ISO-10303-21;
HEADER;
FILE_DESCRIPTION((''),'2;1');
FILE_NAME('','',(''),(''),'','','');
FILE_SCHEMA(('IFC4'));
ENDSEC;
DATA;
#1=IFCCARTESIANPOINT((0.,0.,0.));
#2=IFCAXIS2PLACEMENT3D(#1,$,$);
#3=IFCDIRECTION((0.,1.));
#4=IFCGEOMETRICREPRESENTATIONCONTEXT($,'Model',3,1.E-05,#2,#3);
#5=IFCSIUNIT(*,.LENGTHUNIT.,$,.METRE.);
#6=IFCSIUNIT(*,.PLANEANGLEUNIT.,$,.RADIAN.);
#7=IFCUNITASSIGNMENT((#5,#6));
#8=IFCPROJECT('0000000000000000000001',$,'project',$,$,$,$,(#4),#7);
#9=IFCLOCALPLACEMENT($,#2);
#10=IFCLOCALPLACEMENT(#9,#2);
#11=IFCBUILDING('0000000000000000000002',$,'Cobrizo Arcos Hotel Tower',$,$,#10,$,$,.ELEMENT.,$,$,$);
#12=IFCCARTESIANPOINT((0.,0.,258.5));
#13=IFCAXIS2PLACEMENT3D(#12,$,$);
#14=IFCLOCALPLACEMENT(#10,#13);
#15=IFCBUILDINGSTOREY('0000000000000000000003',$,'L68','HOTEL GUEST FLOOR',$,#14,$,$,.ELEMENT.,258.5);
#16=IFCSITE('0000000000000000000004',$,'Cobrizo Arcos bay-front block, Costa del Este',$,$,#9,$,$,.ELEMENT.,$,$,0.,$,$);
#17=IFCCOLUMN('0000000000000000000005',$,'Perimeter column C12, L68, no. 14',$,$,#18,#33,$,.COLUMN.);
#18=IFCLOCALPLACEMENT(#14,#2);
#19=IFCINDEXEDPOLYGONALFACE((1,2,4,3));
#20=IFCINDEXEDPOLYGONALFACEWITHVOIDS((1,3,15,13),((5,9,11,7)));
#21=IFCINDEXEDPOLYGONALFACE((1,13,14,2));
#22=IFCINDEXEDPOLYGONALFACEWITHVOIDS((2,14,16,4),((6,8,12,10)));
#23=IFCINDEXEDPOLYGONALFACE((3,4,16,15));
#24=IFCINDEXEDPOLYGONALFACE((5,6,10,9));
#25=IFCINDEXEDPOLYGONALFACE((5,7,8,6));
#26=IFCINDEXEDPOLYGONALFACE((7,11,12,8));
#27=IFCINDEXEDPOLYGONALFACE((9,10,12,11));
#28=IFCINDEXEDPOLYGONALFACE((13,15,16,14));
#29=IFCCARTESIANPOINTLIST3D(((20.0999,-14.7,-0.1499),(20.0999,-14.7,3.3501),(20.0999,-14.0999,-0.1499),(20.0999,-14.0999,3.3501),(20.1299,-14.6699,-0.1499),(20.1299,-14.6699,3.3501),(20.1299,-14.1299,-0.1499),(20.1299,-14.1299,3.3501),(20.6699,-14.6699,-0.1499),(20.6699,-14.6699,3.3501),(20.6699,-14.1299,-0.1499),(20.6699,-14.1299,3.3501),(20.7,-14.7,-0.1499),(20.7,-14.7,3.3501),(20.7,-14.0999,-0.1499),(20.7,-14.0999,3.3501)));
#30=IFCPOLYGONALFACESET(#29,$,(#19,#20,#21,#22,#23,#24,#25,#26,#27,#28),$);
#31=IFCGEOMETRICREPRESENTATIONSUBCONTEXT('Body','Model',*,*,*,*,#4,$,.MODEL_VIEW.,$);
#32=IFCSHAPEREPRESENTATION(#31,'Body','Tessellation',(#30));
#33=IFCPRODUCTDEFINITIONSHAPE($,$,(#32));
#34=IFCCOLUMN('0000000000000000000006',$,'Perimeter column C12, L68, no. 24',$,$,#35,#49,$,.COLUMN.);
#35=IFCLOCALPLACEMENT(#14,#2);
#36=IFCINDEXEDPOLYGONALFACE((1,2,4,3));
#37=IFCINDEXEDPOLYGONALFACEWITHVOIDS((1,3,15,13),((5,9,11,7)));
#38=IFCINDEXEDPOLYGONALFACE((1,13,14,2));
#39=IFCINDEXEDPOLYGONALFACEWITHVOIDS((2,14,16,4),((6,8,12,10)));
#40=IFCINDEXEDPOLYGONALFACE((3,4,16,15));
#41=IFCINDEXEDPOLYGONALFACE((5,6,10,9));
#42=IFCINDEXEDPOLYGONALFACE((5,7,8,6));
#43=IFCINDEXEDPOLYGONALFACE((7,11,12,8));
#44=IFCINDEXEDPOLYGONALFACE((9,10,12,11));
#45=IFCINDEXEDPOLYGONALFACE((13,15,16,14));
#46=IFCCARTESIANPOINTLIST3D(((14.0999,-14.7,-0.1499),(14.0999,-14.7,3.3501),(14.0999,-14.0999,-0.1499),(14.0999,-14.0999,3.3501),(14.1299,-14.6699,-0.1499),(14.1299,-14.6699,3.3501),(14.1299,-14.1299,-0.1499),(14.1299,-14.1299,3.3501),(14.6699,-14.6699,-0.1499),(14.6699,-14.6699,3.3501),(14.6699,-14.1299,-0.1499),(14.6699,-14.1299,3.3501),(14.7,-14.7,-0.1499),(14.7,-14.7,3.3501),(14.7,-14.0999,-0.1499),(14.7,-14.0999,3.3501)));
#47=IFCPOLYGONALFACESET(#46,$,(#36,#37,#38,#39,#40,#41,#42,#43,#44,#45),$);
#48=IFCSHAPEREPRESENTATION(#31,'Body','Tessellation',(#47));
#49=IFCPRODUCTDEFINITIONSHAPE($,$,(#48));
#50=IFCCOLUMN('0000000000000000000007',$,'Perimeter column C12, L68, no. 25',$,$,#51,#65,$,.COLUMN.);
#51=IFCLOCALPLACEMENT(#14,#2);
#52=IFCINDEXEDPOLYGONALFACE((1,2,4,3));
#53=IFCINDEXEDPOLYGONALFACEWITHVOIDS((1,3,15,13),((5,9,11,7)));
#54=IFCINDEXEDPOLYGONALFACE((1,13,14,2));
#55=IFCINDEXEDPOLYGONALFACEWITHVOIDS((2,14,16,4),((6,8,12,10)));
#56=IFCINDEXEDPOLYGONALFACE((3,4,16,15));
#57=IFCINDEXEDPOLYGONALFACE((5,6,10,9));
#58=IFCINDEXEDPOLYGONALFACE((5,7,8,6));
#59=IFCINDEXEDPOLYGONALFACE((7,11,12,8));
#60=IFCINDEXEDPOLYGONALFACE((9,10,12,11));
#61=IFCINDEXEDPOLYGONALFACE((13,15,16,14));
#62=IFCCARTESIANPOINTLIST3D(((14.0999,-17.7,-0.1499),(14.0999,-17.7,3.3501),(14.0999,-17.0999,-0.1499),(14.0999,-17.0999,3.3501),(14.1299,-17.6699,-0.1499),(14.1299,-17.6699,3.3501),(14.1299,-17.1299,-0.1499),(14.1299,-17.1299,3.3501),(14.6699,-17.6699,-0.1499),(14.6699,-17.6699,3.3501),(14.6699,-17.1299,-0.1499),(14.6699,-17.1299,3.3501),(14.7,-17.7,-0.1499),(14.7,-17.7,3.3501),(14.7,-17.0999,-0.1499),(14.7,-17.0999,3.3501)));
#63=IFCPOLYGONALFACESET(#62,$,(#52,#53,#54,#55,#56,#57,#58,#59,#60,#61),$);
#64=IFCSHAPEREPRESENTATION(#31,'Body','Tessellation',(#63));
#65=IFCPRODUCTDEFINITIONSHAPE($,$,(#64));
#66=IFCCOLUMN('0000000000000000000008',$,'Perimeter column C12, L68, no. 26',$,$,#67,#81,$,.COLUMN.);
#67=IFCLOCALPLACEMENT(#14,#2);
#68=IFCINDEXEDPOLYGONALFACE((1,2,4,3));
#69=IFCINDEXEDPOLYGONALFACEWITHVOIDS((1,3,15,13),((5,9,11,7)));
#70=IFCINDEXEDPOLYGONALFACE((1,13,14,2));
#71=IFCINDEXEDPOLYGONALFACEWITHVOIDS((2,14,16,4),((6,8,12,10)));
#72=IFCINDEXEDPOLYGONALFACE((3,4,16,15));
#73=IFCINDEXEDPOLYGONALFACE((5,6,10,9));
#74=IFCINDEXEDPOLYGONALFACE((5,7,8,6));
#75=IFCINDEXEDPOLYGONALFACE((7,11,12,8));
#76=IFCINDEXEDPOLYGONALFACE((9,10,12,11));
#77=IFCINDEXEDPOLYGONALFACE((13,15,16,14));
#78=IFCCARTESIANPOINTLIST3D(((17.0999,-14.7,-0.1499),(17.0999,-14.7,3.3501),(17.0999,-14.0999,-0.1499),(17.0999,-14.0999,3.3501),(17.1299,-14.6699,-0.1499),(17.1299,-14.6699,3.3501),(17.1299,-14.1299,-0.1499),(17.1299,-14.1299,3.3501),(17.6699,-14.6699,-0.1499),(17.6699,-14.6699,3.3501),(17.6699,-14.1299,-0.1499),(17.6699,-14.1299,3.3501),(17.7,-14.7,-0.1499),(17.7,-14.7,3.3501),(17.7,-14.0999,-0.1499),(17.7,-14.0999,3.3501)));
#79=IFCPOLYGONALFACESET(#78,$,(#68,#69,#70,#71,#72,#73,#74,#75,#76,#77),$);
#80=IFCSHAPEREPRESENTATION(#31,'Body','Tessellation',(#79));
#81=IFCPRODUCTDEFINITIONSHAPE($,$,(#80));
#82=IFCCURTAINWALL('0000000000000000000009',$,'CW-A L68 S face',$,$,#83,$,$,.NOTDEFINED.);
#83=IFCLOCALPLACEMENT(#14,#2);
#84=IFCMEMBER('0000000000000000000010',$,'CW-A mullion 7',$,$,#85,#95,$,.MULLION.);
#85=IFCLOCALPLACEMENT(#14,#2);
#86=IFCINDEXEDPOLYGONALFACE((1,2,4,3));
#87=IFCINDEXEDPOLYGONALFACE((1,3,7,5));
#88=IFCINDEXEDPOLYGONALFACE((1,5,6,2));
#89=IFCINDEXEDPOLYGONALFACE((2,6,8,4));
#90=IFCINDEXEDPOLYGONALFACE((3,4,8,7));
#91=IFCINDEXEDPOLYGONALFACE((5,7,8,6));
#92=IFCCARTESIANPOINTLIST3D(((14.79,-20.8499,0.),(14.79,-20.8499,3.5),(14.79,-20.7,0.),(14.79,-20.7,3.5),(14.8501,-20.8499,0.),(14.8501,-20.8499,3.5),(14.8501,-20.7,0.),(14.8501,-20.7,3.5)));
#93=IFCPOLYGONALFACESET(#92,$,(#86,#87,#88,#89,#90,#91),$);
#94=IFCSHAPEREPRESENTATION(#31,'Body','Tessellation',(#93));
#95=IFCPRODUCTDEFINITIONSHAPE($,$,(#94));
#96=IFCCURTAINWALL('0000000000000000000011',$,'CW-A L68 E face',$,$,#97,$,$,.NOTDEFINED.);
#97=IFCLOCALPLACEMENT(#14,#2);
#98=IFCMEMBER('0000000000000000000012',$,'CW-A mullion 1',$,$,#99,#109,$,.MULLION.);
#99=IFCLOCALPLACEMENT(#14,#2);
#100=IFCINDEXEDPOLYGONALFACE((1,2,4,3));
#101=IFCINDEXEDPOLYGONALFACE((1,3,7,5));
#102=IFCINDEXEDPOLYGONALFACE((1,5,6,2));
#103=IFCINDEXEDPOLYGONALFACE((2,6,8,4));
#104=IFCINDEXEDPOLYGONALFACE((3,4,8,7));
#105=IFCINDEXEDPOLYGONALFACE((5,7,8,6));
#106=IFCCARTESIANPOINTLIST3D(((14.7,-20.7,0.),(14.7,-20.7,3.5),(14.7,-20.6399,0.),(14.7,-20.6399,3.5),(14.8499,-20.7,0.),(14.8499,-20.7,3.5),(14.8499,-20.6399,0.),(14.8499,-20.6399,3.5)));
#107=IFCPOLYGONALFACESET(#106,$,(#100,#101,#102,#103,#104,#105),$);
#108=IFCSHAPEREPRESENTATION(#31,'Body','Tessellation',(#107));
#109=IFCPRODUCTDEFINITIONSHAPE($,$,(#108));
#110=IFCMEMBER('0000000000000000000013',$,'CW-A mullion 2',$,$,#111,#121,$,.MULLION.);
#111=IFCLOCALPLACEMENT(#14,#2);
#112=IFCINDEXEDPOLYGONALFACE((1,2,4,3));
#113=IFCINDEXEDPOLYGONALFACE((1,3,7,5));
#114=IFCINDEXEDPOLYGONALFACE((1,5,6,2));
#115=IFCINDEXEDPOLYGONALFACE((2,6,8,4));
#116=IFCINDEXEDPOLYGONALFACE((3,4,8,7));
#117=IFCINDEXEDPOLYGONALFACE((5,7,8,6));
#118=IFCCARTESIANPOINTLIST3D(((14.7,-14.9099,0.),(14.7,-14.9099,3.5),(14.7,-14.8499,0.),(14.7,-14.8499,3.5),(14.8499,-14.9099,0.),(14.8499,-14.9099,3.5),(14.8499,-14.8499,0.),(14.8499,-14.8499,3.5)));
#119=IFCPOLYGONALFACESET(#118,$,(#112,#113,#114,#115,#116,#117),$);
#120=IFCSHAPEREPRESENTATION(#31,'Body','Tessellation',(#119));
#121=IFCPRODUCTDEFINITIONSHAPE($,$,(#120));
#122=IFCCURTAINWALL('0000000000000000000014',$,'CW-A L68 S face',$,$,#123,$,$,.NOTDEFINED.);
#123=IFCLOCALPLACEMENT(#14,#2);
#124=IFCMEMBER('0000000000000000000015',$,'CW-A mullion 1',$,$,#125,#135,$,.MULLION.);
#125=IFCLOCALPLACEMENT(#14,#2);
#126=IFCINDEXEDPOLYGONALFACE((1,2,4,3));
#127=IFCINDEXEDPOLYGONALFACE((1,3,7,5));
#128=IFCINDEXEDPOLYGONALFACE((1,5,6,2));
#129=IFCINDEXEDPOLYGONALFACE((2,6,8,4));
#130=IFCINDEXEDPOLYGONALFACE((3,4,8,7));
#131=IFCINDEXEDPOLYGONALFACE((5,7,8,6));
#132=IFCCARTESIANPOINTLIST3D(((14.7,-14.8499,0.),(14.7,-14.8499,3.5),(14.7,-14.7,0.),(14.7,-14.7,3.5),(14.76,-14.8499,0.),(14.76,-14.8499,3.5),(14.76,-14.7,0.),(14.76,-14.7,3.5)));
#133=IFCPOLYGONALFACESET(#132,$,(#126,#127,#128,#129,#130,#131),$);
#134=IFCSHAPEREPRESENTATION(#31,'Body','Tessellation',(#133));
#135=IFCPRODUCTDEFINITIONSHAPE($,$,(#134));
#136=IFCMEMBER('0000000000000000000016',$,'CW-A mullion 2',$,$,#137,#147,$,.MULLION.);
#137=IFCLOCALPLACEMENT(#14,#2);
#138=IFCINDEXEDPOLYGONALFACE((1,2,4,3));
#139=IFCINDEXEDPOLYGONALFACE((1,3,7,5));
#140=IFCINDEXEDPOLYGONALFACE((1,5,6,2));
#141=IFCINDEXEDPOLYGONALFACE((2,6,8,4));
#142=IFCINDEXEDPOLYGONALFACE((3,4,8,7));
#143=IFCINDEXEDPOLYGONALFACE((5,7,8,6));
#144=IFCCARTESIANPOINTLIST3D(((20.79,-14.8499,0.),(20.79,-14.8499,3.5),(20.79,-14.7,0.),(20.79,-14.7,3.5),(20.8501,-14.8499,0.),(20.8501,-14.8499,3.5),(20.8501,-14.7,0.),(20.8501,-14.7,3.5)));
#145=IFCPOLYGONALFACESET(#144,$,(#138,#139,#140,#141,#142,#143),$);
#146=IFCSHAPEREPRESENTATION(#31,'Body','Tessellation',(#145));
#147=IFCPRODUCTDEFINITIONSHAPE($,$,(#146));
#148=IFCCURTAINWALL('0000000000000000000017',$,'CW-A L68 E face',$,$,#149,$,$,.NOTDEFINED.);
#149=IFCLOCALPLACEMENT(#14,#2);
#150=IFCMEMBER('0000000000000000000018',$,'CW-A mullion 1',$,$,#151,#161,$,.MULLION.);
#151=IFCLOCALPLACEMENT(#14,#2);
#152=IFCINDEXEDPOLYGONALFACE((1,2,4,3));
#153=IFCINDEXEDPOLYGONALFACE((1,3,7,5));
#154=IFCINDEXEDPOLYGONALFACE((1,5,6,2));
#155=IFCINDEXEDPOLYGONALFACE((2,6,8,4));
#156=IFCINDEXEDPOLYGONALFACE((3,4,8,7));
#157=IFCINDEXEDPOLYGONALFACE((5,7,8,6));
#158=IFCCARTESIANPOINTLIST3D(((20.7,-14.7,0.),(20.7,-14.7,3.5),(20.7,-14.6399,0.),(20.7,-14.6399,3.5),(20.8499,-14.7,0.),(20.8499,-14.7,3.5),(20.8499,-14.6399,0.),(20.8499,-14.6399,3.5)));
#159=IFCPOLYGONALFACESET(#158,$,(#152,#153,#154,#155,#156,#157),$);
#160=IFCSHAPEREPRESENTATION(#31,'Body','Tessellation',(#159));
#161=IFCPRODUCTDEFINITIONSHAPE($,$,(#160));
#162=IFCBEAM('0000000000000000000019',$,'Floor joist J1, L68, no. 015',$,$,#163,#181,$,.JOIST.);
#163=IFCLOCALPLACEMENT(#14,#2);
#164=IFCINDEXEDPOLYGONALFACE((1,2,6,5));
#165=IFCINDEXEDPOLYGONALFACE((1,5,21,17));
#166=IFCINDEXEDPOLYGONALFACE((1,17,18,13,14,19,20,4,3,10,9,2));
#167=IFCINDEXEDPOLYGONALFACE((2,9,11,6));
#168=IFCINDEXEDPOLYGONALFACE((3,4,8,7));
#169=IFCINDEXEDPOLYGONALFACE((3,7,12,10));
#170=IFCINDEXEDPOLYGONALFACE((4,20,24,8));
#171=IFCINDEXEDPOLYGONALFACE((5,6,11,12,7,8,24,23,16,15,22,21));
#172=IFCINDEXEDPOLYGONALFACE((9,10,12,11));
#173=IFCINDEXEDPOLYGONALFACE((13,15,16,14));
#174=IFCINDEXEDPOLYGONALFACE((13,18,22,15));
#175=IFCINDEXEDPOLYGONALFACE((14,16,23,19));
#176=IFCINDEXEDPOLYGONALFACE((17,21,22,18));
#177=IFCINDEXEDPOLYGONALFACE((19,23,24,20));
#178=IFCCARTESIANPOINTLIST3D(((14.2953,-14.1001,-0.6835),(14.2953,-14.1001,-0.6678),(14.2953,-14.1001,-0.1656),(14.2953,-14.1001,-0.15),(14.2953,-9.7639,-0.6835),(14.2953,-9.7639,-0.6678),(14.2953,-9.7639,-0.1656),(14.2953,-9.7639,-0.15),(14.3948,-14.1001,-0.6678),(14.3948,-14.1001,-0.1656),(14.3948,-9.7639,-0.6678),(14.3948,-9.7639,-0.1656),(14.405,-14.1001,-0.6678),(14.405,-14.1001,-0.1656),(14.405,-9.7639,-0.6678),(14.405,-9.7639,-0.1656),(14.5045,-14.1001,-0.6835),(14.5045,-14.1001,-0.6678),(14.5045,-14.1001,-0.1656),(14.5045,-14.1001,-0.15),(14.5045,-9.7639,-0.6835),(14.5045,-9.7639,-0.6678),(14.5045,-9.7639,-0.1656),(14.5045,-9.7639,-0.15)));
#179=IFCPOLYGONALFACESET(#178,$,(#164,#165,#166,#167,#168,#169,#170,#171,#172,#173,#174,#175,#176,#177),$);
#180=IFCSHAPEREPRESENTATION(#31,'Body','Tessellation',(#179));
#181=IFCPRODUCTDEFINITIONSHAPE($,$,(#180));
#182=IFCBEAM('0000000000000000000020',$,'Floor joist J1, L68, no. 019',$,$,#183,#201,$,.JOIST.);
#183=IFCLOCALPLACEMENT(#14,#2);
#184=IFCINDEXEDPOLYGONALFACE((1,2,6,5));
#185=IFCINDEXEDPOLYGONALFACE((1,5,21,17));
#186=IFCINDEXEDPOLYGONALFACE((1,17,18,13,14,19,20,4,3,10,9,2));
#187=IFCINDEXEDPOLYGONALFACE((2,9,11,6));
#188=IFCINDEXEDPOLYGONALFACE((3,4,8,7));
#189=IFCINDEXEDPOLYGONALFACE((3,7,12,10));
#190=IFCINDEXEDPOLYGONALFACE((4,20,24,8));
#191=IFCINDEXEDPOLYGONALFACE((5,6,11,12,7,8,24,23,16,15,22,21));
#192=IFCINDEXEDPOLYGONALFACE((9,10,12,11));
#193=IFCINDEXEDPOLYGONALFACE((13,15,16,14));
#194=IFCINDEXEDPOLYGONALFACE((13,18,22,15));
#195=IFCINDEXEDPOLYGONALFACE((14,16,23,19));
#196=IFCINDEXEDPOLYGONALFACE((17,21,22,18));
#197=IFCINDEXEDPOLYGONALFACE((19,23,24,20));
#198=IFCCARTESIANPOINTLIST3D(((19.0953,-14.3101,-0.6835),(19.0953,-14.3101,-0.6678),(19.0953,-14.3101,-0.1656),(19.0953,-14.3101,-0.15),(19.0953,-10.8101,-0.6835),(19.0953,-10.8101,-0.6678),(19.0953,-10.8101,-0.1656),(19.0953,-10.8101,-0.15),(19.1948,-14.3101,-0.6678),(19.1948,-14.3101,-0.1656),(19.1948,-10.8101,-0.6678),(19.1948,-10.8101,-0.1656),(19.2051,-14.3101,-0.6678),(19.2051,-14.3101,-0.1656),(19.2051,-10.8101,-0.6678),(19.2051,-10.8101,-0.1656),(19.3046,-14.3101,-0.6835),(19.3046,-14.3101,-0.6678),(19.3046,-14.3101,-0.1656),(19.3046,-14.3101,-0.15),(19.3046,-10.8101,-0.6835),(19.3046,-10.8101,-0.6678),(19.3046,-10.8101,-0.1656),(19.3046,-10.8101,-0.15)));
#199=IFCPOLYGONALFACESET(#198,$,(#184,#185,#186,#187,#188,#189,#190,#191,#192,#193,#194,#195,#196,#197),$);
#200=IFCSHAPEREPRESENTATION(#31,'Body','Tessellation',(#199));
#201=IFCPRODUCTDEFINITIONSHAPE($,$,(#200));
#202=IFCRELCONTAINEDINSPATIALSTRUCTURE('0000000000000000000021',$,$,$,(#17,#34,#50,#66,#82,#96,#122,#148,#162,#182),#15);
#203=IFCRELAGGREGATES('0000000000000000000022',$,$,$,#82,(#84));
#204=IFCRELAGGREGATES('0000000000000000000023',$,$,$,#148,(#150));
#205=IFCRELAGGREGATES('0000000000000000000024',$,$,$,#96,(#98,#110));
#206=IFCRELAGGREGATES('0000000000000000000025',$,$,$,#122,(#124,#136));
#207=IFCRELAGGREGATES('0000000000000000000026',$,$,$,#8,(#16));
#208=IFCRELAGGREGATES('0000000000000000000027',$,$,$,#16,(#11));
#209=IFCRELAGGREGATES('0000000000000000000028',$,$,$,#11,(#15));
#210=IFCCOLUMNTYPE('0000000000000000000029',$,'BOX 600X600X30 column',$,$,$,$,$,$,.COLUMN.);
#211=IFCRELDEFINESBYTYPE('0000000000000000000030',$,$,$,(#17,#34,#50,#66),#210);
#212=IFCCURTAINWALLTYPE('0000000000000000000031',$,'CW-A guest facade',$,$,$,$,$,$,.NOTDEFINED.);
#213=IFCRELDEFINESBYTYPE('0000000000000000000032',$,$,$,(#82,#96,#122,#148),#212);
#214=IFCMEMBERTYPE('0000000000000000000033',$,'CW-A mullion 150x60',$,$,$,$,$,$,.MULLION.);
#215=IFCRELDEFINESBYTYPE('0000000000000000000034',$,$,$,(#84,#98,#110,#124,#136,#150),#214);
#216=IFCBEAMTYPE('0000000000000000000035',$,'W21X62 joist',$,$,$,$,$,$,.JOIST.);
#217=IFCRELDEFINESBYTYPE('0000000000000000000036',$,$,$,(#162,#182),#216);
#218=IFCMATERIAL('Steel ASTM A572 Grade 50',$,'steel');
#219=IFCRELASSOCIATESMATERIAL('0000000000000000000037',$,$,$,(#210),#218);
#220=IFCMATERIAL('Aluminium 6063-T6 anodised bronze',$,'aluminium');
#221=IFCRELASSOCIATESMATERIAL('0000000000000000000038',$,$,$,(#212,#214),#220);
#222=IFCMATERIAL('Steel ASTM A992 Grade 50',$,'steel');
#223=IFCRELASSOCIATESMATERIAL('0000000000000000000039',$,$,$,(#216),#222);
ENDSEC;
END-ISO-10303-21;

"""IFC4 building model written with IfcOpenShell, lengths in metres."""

from ifc_helpers import new_model, si_unit, direction, frame, origin, origin_2d, place, context, subcontext, project, spatial, rectangle, hollow_rectangle, i_section, extrude, material, material_profile, profile_set, type_object, element, aggregate, save


model = new_model("IFC4")

# Units and contexts
model_context = context("Model", 3, precision=1e-05, world=origin(), true_north=direction((0.0, 1.0)))
body_context = subcontext(model_context, "Body", "Model", "MODEL_VIEW")
ifc_project = project(units=[si_unit("LENGTHUNIT", "METRE"), si_unit("PLANEANGLEUNIT", "RADIAN")], contexts=[model_context])

# Site, building, storey
site_placement = place(None, origin())
site = spatial("IfcSite", under=ifc_project, at=site_placement, Name="Cobrizo Arcos bay-front block, Costa del Este", CompositionType="ELEMENT", RefElevation=0.0)
building_placement = place(site_placement, origin())
building = spatial("IfcBuilding", under=site, at=building_placement, Name="Cobrizo Arcos Hotel Tower", CompositionType="ELEMENT")
storey_placement = place(building_placement, frame((0.0, 0.0, 258.5)))
storey = spatial("IfcBuildingStorey", under=building, at=storey_placement, Name="L68", Description="HOTEL GUEST FLOOR", CompositionType="ELEMENT", Elevation=258.5)

# Columns
ifc_material_1 = material(Name="Steel ASTM A572 Grade 50", Category="steel")
ifc_material_profile_1 = material_profile(ifc_material_1, hollow_rectangle(XDim=0.6001, YDim=0.6001, WallThickness=0.03, at=origin_2d()), Name="BOX 600X600X30")
ifc_profile_set_1 = profile_set([ifc_material_profile_1], Name="Steel ASTM A572 Grade 50")
column_type = type_object("IfcColumnType", Name="BOX 600X600X30 column", PredefinedType="COLUMN", material=ifc_profile_set_1)
for number, where, z_axis, x_axis, name in (
    (1, (20.3999, -14.3999, -0.1499), (0.0, 0.0, 1.0), (1.0, 0.0, 0.0), "Perimeter column C12, L68, no. 14"),
    (2, (14.3999, -14.3999, -0.1499), (0.0, 0.0, 1.0), (1.0, 0.0, 0.0), "Perimeter column C12, L68, no. 24"),
    (3, (14.3999, -17.3999, -0.1499), (0.0, 0.0, 1.0), (1.0, 0.0, 0.0), "Perimeter column C12, L68, no. 25"),
    (4, (17.3999, -14.3999, -0.1499), (0.0, 0.0, 1.0), (1.0, 0.0, 0.0), "Perimeter column C12, L68, no. 26"),
):
    element("IfcColumn", number, at=place(storey_placement, frame(where, z_axis=z_axis, x_axis=x_axis)), inside=storey, type_object=column_type, Name=name, PredefinedType="COLUMN", context=body_context, shape_type="SweptSolid", body=[
        extrude(hollow_rectangle(XDim=0.6001, YDim=0.6001, WallThickness=0.03, at=origin_2d()), origin(), (0.0, 0.0, 1.0), 3.5),
    ])

# Curtain wall, member
ifc_material_2 = material(Name="Aluminium 6063-T6 anodised bronze", Category="aluminium")
curtain_wall_type = type_object("IfcCurtainWallType", Name="CW-A guest facade", PredefinedType="NOTDEFINED", material=ifc_material_2)
curtain_wall_1_placement = place(storey_placement, origin())
curtain_wall_1 = element("IfcCurtainWall", 5, at=curtain_wall_1_placement, inside=storey, type_object=curtain_wall_type, Name="CW-A L68 S face", PredefinedType="NOTDEFINED")
ifc_material_profile_2 = material_profile(ifc_material_2, rectangle(XDim=0.1499, YDim=0.0601, at=origin_2d()), Name="CW-A mullion 150x60")
ifc_profile_set_2 = profile_set([ifc_material_profile_2], Name="Aluminium 6063-T6 anodised bronze")
member_type = type_object("IfcMemberType", Name="CW-A mullion 150x60", PredefinedType="MULLION", material=ifc_profile_set_2)
member_1_placement = place(storey_placement, frame((14.8201, -20.7749, 0.0), z_axis=(0.0, 0.0, 1.0), x_axis=(0.0, -1.0, 0.0)))
member_1 = element("IfcMember", 6, at=member_1_placement, type_object=member_type, Name="CW-A mullion 7", PredefinedType="MULLION", context=body_context, shape_type="SweptSolid", body=[
    extrude(rectangle(XDim=0.1499, YDim=0.0601, at=origin_2d()), origin(), (0.0, 0.0, 1.0), 3.5),
])
aggregate(curtain_wall_1, [member_1])

# Curtain walls, members
curtain_wall_2_placement = place(storey_placement, origin())
curtain_wall_2 = element("IfcCurtainWall", 7, at=curtain_wall_2_placement, inside=storey, type_object=curtain_wall_type, Name="CW-A L68 E face", PredefinedType="NOTDEFINED")
member_2_placement = place(storey_placement, frame((14.7749, -20.6699, 0.0), z_axis=(0.0, 0.0, 1.0), x_axis=(1.0, 0.0, 0.0)))
member_2 = element("IfcMember", 8, at=member_2_placement, type_object=member_type, Name="CW-A mullion 1", PredefinedType="MULLION", context=body_context, shape_type="SweptSolid", body=[
    extrude(rectangle(XDim=0.1499, YDim=0.0601, at=origin_2d()), origin(), (0.0, 0.0, 1.0), 3.5),
])
member_3_placement = place(storey_placement, frame((14.7749, -14.8799, 0.0), z_axis=(0.0, 0.0, 1.0), x_axis=(1.0, 0.0, 0.0)))
member_3 = element("IfcMember", 9, at=member_3_placement, type_object=member_type, Name="CW-A mullion 2", PredefinedType="MULLION", context=body_context, shape_type="SweptSolid", body=[
    extrude(rectangle(XDim=0.1499, YDim=0.0601, at=origin_2d()), origin(), (0.0, 0.0, 1.0), 3.5),
])
curtain_wall_3_placement = place(storey_placement, origin())
curtain_wall_3 = element("IfcCurtainWall", 10, at=curtain_wall_3_placement, inside=storey, type_object=curtain_wall_type, Name="CW-A L68 S face", PredefinedType="NOTDEFINED")
member_4_placement = place(storey_placement, frame((14.73, -14.7749, 0.0), z_axis=(0.0, 0.0, 1.0), x_axis=(0.0, -1.0, 0.0)))
member_4 = element("IfcMember", 11, at=member_4_placement, type_object=member_type, Name="CW-A mullion 1", PredefinedType="MULLION", context=body_context, shape_type="SweptSolid", body=[
    extrude(rectangle(XDim=0.1499, YDim=0.0601, at=origin_2d()), origin(), (0.0, 0.0, 1.0), 3.5),
])
member_5_placement = place(storey_placement, frame((20.8201, -14.7749, 0.0), z_axis=(0.0, 0.0, 1.0), x_axis=(0.0, -1.0, 0.0)))
member_5 = element("IfcMember", 12, at=member_5_placement, type_object=member_type, Name="CW-A mullion 2", PredefinedType="MULLION", context=body_context, shape_type="SweptSolid", body=[
    extrude(rectangle(XDim=0.1499, YDim=0.0601, at=origin_2d()), origin(), (0.0, 0.0, 1.0), 3.5),
])

# Curtain wall, member
curtain_wall_4_placement = place(storey_placement, origin())
curtain_wall_4 = element("IfcCurtainWall", 13, at=curtain_wall_4_placement, inside=storey, type_object=curtain_wall_type, Name="CW-A L68 E face", PredefinedType="NOTDEFINED")
member_6_placement = place(storey_placement, frame((20.7749, -14.6699, 0.0), z_axis=(0.0, 0.0, 1.0), x_axis=(1.0, 0.0, 0.0)))
member_6 = element("IfcMember", 14, at=member_6_placement, type_object=member_type, Name="CW-A mullion 1", PredefinedType="MULLION", context=body_context, shape_type="SweptSolid", body=[
    extrude(rectangle(XDim=0.1499, YDim=0.0601, at=origin_2d()), origin(), (0.0, 0.0, 1.0), 3.5),
])
aggregate(curtain_wall_4, [member_6])

# Beams
ifc_material_3 = material(Name="Steel ASTM A992 Grade 50", Category="steel")
ifc_material_profile_3 = material_profile(ifc_material_3, i_section(OverallWidth=0.2092, OverallDepth=0.5334, WebThickness=0.0103, FlangeThickness=0.0156, at=origin_2d()), Name="W21X62")
ifc_profile_set_3 = profile_set([ifc_material_profile_3], Name="Steel ASTM A992 Grade 50")
beam_type_1 = type_object("IfcBeamType", Name="W21X62 joist", PredefinedType="JOIST", material=ifc_profile_set_3)
beam_1_placement = place(storey_placement, frame((14.3999, -14.1001, -0.4167), z_axis=(0.0, 1.0, 0.0), x_axis=(-1.0, 0.0, 0.0)))
element("IfcBeam", 15, at=beam_1_placement, inside=storey, type_object=beam_type_1, Name="Floor joist J1, L68, no. 015", PredefinedType="JOIST", context=body_context, shape_type="SweptSolid", body=[
    extrude(i_section(OverallWidth=0.2092, OverallDepth=0.5334, WebThickness=0.0103, FlangeThickness=0.0156, at=origin_2d()), origin(), (0.0, 0.0, 1.0), 4.3362),
])
beam_2_placement = place(storey_placement, frame((19.2, -14.3101, -0.4167), z_axis=(0.0, 1.0, 0.0), x_axis=(-1.0, 0.0, 0.0)))
element("IfcBeam", 16, at=beam_2_placement, inside=storey, type_object=beam_type_1, Name="Floor joist J1, L68, no. 019", PredefinedType="JOIST", context=body_context, shape_type="SweptSolid", body=[
    extrude(i_section(OverallWidth=0.2092, OverallDepth=0.5334, WebThickness=0.0103, FlangeThickness=0.0156, at=origin_2d()), origin(), (0.0, 0.0, 1.0), 3.5),
])

aggregate(curtain_wall_2, [member_2, member_3])
aggregate(curtain_wall_3, [member_4, member_5])

save(model, "model.ifc")
